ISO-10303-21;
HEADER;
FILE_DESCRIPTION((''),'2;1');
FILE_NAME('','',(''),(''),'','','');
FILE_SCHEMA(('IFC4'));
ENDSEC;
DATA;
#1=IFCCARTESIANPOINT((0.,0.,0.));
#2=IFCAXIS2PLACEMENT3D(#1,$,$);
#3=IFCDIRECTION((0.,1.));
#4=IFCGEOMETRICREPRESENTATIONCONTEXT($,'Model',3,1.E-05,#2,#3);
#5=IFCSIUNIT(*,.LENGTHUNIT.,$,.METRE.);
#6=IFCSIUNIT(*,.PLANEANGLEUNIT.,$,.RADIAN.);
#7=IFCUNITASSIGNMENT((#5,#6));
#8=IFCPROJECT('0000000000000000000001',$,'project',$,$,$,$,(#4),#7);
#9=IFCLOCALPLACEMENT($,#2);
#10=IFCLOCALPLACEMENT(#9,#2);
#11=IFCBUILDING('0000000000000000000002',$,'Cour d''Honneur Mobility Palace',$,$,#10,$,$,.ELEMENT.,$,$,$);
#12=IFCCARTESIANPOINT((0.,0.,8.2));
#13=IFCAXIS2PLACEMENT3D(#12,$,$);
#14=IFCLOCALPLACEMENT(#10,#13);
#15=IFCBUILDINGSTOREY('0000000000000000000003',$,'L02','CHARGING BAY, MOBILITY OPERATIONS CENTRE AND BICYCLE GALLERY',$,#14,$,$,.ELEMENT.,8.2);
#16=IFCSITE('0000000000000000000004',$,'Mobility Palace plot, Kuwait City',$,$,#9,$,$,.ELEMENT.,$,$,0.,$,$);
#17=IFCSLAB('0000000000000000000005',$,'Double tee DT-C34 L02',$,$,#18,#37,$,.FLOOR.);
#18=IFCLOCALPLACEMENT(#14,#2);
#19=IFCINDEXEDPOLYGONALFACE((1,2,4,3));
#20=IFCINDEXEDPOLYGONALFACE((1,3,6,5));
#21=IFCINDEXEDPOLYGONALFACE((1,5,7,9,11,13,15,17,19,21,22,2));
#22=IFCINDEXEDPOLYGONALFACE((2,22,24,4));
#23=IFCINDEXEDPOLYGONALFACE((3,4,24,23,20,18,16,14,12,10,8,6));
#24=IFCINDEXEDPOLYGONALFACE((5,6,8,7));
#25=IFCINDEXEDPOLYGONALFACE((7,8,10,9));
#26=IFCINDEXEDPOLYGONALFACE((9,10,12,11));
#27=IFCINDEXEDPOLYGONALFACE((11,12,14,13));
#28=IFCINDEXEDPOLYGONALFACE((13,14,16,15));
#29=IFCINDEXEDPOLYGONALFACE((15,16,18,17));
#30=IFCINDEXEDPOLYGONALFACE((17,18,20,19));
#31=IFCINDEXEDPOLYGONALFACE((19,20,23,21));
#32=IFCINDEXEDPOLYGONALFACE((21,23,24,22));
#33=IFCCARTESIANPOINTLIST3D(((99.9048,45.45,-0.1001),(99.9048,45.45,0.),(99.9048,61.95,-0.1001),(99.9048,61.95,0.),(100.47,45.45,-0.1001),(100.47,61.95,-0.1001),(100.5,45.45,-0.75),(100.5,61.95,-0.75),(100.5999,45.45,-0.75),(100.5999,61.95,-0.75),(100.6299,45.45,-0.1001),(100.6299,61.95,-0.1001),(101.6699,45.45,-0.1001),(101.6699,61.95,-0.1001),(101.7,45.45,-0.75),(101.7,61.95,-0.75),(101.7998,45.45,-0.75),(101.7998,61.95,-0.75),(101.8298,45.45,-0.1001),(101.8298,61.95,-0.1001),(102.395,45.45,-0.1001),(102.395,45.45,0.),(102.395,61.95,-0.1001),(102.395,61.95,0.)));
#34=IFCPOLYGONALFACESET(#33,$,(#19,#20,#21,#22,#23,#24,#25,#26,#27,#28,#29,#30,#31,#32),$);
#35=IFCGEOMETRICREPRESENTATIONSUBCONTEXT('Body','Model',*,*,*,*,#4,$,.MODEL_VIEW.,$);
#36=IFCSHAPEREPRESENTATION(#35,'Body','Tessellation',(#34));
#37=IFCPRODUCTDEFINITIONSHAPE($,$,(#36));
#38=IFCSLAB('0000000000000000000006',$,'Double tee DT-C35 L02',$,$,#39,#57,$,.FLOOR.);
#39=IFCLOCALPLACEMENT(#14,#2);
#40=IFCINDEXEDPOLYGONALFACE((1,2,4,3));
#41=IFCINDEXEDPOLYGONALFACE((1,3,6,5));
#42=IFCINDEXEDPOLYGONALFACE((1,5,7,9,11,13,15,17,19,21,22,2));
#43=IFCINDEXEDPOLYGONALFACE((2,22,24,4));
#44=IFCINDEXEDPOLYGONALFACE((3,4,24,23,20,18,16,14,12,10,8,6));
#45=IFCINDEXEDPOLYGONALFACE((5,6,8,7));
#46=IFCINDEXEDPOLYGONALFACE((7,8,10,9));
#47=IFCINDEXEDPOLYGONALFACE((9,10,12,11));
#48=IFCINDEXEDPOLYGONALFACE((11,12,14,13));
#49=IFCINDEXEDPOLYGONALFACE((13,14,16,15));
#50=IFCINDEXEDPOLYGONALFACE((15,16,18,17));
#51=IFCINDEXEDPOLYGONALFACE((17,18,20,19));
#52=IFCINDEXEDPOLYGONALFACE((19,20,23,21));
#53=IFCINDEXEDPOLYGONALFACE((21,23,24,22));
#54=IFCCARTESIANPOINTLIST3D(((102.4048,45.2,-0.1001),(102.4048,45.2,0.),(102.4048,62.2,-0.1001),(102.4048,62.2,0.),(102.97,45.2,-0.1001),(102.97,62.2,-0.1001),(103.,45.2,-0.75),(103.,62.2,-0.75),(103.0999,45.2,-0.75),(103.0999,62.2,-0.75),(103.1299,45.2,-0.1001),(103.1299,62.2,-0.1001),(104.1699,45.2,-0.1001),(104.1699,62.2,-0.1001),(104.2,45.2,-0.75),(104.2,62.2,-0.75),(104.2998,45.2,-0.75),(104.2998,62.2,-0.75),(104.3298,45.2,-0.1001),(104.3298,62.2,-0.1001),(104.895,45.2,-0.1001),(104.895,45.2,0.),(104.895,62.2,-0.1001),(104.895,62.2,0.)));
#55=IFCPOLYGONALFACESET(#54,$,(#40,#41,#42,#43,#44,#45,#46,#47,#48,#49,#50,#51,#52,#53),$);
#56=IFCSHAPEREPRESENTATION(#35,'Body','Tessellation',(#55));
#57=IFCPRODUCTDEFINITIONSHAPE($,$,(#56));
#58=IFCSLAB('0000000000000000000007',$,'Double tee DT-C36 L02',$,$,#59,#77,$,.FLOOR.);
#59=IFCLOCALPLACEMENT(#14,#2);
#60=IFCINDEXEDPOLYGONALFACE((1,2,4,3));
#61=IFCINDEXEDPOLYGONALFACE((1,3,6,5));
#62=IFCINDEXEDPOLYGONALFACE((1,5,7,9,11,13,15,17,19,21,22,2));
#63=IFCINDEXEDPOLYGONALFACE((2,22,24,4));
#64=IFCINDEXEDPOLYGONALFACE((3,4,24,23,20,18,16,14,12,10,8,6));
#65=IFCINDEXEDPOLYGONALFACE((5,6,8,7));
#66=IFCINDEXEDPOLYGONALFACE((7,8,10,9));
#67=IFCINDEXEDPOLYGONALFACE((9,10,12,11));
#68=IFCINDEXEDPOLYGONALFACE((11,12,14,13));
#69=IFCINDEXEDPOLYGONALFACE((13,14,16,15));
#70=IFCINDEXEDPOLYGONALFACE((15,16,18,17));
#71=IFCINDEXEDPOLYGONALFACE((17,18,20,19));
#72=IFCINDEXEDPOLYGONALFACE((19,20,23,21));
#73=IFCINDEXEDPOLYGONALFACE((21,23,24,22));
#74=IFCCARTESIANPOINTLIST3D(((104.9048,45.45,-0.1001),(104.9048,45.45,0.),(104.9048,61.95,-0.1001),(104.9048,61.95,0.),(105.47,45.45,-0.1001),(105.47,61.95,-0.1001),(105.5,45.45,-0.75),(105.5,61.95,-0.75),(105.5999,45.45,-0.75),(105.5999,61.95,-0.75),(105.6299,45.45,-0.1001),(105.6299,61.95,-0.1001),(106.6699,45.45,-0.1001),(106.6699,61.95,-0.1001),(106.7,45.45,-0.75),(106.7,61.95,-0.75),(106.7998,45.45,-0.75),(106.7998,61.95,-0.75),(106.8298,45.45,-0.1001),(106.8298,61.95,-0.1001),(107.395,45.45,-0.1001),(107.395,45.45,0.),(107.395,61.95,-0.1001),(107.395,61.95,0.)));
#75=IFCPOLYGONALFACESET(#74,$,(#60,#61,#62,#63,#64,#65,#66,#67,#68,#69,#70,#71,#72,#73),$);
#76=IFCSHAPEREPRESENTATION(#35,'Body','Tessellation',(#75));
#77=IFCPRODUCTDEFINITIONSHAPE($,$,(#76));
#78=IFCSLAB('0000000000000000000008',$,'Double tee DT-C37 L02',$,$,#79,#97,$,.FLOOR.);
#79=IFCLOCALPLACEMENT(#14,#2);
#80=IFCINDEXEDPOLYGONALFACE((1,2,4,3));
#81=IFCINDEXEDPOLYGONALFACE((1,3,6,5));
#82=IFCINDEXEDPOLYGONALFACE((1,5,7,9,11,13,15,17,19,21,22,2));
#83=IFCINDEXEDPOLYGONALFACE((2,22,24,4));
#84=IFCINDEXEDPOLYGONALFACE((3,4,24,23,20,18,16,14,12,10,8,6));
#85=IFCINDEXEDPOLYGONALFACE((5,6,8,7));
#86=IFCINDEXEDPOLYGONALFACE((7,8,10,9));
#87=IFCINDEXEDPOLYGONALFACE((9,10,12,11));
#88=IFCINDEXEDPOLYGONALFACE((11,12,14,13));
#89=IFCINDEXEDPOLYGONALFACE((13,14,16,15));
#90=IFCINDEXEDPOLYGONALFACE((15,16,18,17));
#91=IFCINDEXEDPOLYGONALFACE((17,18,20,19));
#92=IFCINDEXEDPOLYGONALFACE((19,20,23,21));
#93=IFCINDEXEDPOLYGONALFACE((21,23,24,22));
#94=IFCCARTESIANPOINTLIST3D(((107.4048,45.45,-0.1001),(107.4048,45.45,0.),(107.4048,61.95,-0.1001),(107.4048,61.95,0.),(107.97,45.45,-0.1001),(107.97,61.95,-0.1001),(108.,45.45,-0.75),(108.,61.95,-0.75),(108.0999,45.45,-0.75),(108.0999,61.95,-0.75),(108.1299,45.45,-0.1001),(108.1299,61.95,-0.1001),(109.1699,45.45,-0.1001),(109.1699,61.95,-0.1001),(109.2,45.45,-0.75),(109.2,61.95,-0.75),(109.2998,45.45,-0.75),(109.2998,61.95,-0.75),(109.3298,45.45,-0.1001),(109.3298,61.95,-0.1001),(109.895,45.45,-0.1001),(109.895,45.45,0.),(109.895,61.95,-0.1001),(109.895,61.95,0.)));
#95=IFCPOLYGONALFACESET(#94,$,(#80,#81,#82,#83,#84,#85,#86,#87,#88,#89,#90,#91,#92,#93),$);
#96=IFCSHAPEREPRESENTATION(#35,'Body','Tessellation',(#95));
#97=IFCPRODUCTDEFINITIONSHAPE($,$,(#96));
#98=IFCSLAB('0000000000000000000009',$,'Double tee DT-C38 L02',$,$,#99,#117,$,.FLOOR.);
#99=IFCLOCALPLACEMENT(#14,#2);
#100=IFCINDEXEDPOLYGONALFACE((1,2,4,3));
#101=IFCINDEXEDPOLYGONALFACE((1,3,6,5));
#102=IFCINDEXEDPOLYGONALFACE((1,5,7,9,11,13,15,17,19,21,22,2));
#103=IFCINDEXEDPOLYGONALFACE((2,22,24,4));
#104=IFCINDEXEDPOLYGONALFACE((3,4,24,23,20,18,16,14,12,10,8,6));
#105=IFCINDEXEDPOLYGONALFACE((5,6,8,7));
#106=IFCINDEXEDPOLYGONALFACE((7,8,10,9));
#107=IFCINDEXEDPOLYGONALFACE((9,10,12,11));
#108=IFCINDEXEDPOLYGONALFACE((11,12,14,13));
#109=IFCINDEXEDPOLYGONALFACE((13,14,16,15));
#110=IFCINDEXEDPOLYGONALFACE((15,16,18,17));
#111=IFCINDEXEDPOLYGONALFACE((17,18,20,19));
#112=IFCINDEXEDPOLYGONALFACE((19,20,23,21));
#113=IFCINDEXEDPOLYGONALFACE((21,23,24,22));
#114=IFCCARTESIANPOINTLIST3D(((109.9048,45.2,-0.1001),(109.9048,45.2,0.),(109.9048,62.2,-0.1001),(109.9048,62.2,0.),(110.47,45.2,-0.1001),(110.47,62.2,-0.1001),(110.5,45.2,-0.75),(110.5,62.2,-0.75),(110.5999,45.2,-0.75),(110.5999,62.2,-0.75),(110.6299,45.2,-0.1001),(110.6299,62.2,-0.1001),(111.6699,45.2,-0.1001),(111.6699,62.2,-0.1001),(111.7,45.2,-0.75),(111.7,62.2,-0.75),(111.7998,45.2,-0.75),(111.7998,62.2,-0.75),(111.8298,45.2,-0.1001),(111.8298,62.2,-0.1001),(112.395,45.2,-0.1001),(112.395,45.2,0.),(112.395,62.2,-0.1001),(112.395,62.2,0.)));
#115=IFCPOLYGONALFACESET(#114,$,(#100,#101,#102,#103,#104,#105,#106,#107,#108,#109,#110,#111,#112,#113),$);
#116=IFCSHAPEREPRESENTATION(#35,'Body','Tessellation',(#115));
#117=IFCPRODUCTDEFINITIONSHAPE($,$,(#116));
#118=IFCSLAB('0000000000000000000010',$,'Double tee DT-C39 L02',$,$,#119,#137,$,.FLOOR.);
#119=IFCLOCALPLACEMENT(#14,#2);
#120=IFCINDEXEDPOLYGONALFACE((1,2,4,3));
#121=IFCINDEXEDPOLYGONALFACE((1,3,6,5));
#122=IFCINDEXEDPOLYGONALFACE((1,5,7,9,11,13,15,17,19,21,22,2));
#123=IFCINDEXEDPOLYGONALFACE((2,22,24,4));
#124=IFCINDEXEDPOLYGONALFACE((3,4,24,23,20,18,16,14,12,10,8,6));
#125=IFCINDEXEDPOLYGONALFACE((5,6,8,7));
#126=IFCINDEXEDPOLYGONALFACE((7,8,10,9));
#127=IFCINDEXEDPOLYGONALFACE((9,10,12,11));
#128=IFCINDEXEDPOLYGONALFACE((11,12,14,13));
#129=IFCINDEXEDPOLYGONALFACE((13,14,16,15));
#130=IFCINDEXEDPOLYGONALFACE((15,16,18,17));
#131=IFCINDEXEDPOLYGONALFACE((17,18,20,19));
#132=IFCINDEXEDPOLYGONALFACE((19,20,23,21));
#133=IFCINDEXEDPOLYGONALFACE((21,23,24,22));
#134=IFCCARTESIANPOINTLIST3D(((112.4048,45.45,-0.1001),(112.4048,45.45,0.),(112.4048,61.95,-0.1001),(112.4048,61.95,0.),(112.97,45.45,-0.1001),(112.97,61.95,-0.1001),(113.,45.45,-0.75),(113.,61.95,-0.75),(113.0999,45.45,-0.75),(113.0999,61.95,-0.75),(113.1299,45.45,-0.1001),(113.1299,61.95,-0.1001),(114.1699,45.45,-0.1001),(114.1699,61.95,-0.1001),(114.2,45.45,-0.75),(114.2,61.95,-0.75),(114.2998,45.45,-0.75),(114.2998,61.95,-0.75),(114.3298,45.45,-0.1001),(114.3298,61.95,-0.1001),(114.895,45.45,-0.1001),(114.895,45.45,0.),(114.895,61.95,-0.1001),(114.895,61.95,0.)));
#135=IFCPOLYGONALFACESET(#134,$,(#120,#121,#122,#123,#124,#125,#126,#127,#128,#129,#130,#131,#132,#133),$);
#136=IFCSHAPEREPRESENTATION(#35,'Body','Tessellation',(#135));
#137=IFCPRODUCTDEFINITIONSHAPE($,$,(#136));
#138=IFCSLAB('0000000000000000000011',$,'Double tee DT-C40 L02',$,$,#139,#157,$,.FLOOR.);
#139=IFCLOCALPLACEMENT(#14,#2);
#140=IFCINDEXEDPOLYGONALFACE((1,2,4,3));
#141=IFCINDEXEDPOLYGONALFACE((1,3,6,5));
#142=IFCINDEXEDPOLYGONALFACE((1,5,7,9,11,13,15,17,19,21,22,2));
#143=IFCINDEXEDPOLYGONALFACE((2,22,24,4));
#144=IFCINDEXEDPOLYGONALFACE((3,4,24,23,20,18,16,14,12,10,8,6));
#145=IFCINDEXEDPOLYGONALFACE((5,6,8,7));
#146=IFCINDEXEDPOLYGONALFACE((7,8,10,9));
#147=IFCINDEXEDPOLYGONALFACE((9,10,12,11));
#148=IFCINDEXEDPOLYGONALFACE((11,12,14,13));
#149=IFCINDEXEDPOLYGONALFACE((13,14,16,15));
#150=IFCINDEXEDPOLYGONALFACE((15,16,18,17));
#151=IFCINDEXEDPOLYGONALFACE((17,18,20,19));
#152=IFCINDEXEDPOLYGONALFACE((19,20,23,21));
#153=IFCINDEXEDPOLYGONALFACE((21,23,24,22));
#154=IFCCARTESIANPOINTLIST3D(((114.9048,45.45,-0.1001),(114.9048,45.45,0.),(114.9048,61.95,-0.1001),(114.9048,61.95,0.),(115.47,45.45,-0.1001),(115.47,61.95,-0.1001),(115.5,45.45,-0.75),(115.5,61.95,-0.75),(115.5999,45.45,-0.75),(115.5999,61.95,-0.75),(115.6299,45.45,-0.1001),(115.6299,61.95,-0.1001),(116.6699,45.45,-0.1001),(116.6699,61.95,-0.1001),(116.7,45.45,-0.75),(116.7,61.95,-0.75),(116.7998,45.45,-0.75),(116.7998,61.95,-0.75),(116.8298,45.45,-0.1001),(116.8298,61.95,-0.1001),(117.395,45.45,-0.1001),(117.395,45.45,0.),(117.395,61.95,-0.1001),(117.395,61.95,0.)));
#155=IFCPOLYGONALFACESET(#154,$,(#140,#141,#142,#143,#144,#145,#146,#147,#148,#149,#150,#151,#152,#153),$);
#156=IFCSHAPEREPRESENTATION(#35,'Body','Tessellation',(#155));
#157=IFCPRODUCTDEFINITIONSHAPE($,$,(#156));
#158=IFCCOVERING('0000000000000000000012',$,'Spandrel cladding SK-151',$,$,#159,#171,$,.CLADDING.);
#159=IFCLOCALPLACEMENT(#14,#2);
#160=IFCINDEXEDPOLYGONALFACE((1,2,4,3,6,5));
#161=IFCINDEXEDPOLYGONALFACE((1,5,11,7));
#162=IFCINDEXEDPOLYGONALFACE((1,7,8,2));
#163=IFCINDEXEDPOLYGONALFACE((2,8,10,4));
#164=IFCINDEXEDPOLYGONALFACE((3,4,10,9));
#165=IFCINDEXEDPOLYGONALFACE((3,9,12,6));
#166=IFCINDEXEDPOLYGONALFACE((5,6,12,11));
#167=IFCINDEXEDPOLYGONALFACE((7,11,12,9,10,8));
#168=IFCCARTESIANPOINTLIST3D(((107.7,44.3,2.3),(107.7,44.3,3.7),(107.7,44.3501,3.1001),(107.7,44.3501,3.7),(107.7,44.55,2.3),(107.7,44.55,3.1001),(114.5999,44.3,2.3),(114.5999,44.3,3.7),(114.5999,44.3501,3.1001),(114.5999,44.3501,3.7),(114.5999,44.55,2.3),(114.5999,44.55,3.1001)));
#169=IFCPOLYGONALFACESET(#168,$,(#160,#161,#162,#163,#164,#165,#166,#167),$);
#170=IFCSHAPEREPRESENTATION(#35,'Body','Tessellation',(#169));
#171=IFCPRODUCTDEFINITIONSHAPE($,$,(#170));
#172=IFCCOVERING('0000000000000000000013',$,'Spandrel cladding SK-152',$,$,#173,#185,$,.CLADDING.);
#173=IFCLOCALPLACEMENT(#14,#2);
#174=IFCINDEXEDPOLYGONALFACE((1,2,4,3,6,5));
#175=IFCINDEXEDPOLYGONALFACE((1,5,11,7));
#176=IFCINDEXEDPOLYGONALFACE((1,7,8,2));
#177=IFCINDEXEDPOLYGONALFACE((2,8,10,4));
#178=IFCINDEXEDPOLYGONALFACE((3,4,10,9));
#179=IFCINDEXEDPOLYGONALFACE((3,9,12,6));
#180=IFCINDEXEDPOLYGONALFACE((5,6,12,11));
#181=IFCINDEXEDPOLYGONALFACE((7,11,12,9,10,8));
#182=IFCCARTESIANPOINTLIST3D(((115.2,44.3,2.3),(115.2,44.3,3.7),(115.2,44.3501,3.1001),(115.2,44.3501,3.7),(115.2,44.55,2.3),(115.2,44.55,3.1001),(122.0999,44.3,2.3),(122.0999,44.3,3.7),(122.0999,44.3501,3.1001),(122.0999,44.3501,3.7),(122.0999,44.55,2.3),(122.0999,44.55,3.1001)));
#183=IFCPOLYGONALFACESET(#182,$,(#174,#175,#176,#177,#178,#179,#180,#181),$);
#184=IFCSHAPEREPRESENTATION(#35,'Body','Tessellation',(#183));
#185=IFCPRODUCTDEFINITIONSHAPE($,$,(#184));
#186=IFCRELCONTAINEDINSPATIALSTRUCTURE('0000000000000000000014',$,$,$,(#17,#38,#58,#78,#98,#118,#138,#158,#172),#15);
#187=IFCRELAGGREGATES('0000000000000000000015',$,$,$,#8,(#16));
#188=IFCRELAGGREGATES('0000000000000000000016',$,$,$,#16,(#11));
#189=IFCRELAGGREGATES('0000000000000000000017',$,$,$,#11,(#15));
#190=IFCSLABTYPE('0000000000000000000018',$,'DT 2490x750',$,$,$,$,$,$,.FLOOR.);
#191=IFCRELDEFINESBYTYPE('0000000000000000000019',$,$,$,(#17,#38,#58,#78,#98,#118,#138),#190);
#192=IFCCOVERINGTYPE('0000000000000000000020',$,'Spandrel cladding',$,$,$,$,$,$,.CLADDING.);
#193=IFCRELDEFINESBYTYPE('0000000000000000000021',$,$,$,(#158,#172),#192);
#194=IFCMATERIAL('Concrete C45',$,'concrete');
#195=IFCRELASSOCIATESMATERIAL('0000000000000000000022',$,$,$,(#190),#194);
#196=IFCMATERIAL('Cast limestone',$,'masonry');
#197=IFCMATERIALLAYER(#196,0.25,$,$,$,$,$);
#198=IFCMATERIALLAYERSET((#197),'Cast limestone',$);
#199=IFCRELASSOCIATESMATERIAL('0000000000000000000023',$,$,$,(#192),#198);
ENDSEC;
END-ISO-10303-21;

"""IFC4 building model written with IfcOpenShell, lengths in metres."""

from ifc_helpers import new_model, si_unit, direction, frame, origin, place, context, subcontext, project, spatial, polyline, outline, extrude, material, layer, layer_set, material_profile, profile_set, type_object, element, save


model = new_model("IFC4")

# Units and contexts
model_context = context("Model", 3, precision=1e-05, world=origin(), true_north=direction((0.0, 1.0)))
body_context = subcontext(model_context, "Body", "Model", "MODEL_VIEW")
ifc_project = project(units=[si_unit("LENGTHUNIT", "METRE"), si_unit("PLANEANGLEUNIT", "RADIAN")], contexts=[model_context])

# Site, building, storey
site_placement = place(None, origin())
site = spatial("IfcSite", under=ifc_project, at=site_placement, Name="Mobility Palace plot, Kuwait City", CompositionType="ELEMENT", RefElevation=0.0)
building_placement = place(site_placement, origin())
building = spatial("IfcBuilding", under=site, at=building_placement, Name="Cour d'Honneur Mobility Palace", CompositionType="ELEMENT")
storey_placement = place(building_placement, frame((0.0, 0.0, 8.2)))
storey = spatial("IfcBuildingStorey", under=building, at=storey_placement, Name="L02", Description="CHARGING BAY, MOBILITY OPERATIONS CENTRE AND BICYCLE GALLERY", CompositionType="ELEMENT", Elevation=8.2)

# Slabs
ifc_material_1 = material(Name="Concrete C45", Category="concrete")
ifc_material_profile_1 = material_profile(ifc_material_1, outline(polyline([(-1.2451, 0.0), (1.2451, 0.0), (1.2451, -0.1001), (0.6799, -0.1001), (0.6499, -0.75), (0.55, -0.75), (0.52, -0.1001), (-0.52, -0.1001), (-0.55, -0.75), (-0.6499, -0.75), (-0.6799, -0.1001), (-1.2451, -0.1001), (-1.2451, 0.0)])), Name="DT 2490x750")
ifc_profile_set_1 = profile_set([ifc_material_profile_1], Name="Concrete C45")
slab_type = type_object("IfcSlabType", Name="DT 2490x750", PredefinedType="FLOOR", material=ifc_profile_set_1)
slab_1_placement = place(storey_placement, frame((101.1499, 45.45, 0.0), z_axis=(0.0, 1.0, 0.0), x_axis=(-1.0, 0.0, 0.0)))
element("IfcSlab", 1, at=slab_1_placement, inside=storey, type_object=slab_type, Name="Double tee DT-C34 L02", PredefinedType="FLOOR", context=body_context, shape_type="SweptSolid", body=[
    extrude(outline(polyline([(-1.2451, 0.0), (1.2451, 0.0), (1.2451, -0.1001), (0.6799, -0.1001), (0.6499, -0.75), (0.55, -0.75), (0.52, -0.1001), (-0.52, -0.1001), (-0.55, -0.75), (-0.6499, -0.75), (-0.6799, -0.1001), (-1.2451, -0.1001), (-1.2451, 0.0)])), origin(), (0.0, 0.0, 1.0), 16.5),
])
slab_2_placement = place(storey_placement, frame((103.6499, 45.2, 0.0), z_axis=(0.0, 1.0, 0.0), x_axis=(-1.0, 0.0, 0.0)))
element("IfcSlab", 2, at=slab_2_placement, inside=storey, type_object=slab_type, Name="Double tee DT-C35 L02", PredefinedType="FLOOR", context=body_context, shape_type="SweptSolid", body=[
    extrude(outline(polyline([(-1.2451, 0.0), (1.2451, 0.0), (1.2451, -0.1001), (0.6799, -0.1001), (0.6499, -0.75), (0.55, -0.75), (0.52, -0.1001), (-0.52, -0.1001), (-0.55, -0.75), (-0.6499, -0.75), (-0.6799, -0.1001), (-1.2451, -0.1001), (-1.2451, 0.0)])), origin(), (0.0, 0.0, 1.0), 17.0),
])
for number, where, z_axis, x_axis, name in (
    (3, (106.1499, 45.45, 0.0), (0.0, 1.0, 0.0), (-1.0, 0.0, 0.0), "Double tee DT-C36 L02"),
    (4, (108.6499, 45.45, 0.0), (0.0, 1.0, 0.0), (-1.0, 0.0, 0.0), "Double tee DT-C37 L02"),
):
    element("IfcSlab", number, at=place(storey_placement, frame(where, z_axis=z_axis, x_axis=x_axis)), inside=storey, type_object=slab_type, Name=name, PredefinedType="FLOOR", context=body_context, shape_type="SweptSolid", body=[
        extrude(outline(polyline([(-1.2451, 0.0), (1.2451, 0.0), (1.2451, -0.1001), (0.6799, -0.1001), (0.6499, -0.75), (0.55, -0.75), (0.52, -0.1001), (-0.52, -0.1001), (-0.55, -0.75), (-0.6499, -0.75), (-0.6799, -0.1001), (-1.2451, -0.1001), (-1.2451, 0.0)])), origin(), (0.0, 0.0, 1.0), 16.5),
    ])
slab_3_placement = place(storey_placement, frame((111.1499, 45.2, 0.0), z_axis=(0.0, 1.0, 0.0), x_axis=(-1.0, 0.0, 0.0)))
element("IfcSlab", 5, at=slab_3_placement, inside=storey, type_object=slab_type, Name="Double tee DT-C38 L02", PredefinedType="FLOOR", context=body_context, shape_type="SweptSolid", body=[
    extrude(outline(polyline([(-1.2451, 0.0), (1.2451, 0.0), (1.2451, -0.1001), (0.6799, -0.1001), (0.6499, -0.75), (0.55, -0.75), (0.52, -0.1001), (-0.52, -0.1001), (-0.55, -0.75), (-0.6499, -0.75), (-0.6799, -0.1001), (-1.2451, -0.1001), (-1.2451, 0.0)])), origin(), (0.0, 0.0, 1.0), 17.0),
])
for number, where, z_axis, x_axis, name in (
    (6, (113.6499, 45.45, 0.0), (0.0, 1.0, 0.0), (-1.0, 0.0, 0.0), "Double tee DT-C39 L02"),
    (7, (116.1499, 45.45, 0.0), (0.0, 1.0, 0.0), (-1.0, 0.0, 0.0), "Double tee DT-C40 L02"),
):
    element("IfcSlab", number, at=place(storey_placement, frame(where, z_axis=z_axis, x_axis=x_axis)), inside=storey, type_object=slab_type, Name=name, PredefinedType="FLOOR", context=body_context, shape_type="SweptSolid", body=[
        extrude(outline(polyline([(-1.2451, 0.0), (1.2451, 0.0), (1.2451, -0.1001), (0.6799, -0.1001), (0.6499, -0.75), (0.55, -0.75), (0.52, -0.1001), (-0.52, -0.1001), (-0.55, -0.75), (-0.6499, -0.75), (-0.6799, -0.1001), (-1.2451, -0.1001), (-1.2451, 0.0)])), origin(), (0.0, 0.0, 1.0), 16.5),
    ])

# Coverings
ifc_material_2 = material(Name="Cast limestone", Category="masonry")
ifc_layer_1 = layer(ifc_material_2, 0.25)
ifc_layer_set_1 = layer_set([ifc_layer_1], Name="Cast limestone")
covering_type = type_object("IfcCoveringType", Name="Spandrel cladding", PredefinedType="CLADDING", material=ifc_layer_set_1)
for number, where, z_axis, x_axis, name in (
    (8, (107.7, 44.55, 2.3), (-1.0, 0.0, 0.0), (0.0, -1.0, 0.0), "Spandrel cladding SK-151"),
    (9, (115.2, 44.55, 2.3), (-1.0, 0.0, 0.0), (0.0, -1.0, 0.0), "Spandrel cladding SK-152"),
):
    element("IfcCovering", number, at=place(storey_placement, frame(where, z_axis=z_axis, x_axis=x_axis)), inside=storey, type_object=covering_type, Name=name, PredefinedType="CLADDING", context=body_context, shape_type="SweptSolid", body=[
        extrude(outline(polyline([(0.0, 0.0), (0.25, 0.0), (0.25, 1.3999), (0.2, 1.3999), (0.2, 0.8), (0.0, 0.8), (0.0, 0.0)])), origin(), (0.0, 0.0, -1.0), 6.8999),
    ])

save(model, "model.ifc")
